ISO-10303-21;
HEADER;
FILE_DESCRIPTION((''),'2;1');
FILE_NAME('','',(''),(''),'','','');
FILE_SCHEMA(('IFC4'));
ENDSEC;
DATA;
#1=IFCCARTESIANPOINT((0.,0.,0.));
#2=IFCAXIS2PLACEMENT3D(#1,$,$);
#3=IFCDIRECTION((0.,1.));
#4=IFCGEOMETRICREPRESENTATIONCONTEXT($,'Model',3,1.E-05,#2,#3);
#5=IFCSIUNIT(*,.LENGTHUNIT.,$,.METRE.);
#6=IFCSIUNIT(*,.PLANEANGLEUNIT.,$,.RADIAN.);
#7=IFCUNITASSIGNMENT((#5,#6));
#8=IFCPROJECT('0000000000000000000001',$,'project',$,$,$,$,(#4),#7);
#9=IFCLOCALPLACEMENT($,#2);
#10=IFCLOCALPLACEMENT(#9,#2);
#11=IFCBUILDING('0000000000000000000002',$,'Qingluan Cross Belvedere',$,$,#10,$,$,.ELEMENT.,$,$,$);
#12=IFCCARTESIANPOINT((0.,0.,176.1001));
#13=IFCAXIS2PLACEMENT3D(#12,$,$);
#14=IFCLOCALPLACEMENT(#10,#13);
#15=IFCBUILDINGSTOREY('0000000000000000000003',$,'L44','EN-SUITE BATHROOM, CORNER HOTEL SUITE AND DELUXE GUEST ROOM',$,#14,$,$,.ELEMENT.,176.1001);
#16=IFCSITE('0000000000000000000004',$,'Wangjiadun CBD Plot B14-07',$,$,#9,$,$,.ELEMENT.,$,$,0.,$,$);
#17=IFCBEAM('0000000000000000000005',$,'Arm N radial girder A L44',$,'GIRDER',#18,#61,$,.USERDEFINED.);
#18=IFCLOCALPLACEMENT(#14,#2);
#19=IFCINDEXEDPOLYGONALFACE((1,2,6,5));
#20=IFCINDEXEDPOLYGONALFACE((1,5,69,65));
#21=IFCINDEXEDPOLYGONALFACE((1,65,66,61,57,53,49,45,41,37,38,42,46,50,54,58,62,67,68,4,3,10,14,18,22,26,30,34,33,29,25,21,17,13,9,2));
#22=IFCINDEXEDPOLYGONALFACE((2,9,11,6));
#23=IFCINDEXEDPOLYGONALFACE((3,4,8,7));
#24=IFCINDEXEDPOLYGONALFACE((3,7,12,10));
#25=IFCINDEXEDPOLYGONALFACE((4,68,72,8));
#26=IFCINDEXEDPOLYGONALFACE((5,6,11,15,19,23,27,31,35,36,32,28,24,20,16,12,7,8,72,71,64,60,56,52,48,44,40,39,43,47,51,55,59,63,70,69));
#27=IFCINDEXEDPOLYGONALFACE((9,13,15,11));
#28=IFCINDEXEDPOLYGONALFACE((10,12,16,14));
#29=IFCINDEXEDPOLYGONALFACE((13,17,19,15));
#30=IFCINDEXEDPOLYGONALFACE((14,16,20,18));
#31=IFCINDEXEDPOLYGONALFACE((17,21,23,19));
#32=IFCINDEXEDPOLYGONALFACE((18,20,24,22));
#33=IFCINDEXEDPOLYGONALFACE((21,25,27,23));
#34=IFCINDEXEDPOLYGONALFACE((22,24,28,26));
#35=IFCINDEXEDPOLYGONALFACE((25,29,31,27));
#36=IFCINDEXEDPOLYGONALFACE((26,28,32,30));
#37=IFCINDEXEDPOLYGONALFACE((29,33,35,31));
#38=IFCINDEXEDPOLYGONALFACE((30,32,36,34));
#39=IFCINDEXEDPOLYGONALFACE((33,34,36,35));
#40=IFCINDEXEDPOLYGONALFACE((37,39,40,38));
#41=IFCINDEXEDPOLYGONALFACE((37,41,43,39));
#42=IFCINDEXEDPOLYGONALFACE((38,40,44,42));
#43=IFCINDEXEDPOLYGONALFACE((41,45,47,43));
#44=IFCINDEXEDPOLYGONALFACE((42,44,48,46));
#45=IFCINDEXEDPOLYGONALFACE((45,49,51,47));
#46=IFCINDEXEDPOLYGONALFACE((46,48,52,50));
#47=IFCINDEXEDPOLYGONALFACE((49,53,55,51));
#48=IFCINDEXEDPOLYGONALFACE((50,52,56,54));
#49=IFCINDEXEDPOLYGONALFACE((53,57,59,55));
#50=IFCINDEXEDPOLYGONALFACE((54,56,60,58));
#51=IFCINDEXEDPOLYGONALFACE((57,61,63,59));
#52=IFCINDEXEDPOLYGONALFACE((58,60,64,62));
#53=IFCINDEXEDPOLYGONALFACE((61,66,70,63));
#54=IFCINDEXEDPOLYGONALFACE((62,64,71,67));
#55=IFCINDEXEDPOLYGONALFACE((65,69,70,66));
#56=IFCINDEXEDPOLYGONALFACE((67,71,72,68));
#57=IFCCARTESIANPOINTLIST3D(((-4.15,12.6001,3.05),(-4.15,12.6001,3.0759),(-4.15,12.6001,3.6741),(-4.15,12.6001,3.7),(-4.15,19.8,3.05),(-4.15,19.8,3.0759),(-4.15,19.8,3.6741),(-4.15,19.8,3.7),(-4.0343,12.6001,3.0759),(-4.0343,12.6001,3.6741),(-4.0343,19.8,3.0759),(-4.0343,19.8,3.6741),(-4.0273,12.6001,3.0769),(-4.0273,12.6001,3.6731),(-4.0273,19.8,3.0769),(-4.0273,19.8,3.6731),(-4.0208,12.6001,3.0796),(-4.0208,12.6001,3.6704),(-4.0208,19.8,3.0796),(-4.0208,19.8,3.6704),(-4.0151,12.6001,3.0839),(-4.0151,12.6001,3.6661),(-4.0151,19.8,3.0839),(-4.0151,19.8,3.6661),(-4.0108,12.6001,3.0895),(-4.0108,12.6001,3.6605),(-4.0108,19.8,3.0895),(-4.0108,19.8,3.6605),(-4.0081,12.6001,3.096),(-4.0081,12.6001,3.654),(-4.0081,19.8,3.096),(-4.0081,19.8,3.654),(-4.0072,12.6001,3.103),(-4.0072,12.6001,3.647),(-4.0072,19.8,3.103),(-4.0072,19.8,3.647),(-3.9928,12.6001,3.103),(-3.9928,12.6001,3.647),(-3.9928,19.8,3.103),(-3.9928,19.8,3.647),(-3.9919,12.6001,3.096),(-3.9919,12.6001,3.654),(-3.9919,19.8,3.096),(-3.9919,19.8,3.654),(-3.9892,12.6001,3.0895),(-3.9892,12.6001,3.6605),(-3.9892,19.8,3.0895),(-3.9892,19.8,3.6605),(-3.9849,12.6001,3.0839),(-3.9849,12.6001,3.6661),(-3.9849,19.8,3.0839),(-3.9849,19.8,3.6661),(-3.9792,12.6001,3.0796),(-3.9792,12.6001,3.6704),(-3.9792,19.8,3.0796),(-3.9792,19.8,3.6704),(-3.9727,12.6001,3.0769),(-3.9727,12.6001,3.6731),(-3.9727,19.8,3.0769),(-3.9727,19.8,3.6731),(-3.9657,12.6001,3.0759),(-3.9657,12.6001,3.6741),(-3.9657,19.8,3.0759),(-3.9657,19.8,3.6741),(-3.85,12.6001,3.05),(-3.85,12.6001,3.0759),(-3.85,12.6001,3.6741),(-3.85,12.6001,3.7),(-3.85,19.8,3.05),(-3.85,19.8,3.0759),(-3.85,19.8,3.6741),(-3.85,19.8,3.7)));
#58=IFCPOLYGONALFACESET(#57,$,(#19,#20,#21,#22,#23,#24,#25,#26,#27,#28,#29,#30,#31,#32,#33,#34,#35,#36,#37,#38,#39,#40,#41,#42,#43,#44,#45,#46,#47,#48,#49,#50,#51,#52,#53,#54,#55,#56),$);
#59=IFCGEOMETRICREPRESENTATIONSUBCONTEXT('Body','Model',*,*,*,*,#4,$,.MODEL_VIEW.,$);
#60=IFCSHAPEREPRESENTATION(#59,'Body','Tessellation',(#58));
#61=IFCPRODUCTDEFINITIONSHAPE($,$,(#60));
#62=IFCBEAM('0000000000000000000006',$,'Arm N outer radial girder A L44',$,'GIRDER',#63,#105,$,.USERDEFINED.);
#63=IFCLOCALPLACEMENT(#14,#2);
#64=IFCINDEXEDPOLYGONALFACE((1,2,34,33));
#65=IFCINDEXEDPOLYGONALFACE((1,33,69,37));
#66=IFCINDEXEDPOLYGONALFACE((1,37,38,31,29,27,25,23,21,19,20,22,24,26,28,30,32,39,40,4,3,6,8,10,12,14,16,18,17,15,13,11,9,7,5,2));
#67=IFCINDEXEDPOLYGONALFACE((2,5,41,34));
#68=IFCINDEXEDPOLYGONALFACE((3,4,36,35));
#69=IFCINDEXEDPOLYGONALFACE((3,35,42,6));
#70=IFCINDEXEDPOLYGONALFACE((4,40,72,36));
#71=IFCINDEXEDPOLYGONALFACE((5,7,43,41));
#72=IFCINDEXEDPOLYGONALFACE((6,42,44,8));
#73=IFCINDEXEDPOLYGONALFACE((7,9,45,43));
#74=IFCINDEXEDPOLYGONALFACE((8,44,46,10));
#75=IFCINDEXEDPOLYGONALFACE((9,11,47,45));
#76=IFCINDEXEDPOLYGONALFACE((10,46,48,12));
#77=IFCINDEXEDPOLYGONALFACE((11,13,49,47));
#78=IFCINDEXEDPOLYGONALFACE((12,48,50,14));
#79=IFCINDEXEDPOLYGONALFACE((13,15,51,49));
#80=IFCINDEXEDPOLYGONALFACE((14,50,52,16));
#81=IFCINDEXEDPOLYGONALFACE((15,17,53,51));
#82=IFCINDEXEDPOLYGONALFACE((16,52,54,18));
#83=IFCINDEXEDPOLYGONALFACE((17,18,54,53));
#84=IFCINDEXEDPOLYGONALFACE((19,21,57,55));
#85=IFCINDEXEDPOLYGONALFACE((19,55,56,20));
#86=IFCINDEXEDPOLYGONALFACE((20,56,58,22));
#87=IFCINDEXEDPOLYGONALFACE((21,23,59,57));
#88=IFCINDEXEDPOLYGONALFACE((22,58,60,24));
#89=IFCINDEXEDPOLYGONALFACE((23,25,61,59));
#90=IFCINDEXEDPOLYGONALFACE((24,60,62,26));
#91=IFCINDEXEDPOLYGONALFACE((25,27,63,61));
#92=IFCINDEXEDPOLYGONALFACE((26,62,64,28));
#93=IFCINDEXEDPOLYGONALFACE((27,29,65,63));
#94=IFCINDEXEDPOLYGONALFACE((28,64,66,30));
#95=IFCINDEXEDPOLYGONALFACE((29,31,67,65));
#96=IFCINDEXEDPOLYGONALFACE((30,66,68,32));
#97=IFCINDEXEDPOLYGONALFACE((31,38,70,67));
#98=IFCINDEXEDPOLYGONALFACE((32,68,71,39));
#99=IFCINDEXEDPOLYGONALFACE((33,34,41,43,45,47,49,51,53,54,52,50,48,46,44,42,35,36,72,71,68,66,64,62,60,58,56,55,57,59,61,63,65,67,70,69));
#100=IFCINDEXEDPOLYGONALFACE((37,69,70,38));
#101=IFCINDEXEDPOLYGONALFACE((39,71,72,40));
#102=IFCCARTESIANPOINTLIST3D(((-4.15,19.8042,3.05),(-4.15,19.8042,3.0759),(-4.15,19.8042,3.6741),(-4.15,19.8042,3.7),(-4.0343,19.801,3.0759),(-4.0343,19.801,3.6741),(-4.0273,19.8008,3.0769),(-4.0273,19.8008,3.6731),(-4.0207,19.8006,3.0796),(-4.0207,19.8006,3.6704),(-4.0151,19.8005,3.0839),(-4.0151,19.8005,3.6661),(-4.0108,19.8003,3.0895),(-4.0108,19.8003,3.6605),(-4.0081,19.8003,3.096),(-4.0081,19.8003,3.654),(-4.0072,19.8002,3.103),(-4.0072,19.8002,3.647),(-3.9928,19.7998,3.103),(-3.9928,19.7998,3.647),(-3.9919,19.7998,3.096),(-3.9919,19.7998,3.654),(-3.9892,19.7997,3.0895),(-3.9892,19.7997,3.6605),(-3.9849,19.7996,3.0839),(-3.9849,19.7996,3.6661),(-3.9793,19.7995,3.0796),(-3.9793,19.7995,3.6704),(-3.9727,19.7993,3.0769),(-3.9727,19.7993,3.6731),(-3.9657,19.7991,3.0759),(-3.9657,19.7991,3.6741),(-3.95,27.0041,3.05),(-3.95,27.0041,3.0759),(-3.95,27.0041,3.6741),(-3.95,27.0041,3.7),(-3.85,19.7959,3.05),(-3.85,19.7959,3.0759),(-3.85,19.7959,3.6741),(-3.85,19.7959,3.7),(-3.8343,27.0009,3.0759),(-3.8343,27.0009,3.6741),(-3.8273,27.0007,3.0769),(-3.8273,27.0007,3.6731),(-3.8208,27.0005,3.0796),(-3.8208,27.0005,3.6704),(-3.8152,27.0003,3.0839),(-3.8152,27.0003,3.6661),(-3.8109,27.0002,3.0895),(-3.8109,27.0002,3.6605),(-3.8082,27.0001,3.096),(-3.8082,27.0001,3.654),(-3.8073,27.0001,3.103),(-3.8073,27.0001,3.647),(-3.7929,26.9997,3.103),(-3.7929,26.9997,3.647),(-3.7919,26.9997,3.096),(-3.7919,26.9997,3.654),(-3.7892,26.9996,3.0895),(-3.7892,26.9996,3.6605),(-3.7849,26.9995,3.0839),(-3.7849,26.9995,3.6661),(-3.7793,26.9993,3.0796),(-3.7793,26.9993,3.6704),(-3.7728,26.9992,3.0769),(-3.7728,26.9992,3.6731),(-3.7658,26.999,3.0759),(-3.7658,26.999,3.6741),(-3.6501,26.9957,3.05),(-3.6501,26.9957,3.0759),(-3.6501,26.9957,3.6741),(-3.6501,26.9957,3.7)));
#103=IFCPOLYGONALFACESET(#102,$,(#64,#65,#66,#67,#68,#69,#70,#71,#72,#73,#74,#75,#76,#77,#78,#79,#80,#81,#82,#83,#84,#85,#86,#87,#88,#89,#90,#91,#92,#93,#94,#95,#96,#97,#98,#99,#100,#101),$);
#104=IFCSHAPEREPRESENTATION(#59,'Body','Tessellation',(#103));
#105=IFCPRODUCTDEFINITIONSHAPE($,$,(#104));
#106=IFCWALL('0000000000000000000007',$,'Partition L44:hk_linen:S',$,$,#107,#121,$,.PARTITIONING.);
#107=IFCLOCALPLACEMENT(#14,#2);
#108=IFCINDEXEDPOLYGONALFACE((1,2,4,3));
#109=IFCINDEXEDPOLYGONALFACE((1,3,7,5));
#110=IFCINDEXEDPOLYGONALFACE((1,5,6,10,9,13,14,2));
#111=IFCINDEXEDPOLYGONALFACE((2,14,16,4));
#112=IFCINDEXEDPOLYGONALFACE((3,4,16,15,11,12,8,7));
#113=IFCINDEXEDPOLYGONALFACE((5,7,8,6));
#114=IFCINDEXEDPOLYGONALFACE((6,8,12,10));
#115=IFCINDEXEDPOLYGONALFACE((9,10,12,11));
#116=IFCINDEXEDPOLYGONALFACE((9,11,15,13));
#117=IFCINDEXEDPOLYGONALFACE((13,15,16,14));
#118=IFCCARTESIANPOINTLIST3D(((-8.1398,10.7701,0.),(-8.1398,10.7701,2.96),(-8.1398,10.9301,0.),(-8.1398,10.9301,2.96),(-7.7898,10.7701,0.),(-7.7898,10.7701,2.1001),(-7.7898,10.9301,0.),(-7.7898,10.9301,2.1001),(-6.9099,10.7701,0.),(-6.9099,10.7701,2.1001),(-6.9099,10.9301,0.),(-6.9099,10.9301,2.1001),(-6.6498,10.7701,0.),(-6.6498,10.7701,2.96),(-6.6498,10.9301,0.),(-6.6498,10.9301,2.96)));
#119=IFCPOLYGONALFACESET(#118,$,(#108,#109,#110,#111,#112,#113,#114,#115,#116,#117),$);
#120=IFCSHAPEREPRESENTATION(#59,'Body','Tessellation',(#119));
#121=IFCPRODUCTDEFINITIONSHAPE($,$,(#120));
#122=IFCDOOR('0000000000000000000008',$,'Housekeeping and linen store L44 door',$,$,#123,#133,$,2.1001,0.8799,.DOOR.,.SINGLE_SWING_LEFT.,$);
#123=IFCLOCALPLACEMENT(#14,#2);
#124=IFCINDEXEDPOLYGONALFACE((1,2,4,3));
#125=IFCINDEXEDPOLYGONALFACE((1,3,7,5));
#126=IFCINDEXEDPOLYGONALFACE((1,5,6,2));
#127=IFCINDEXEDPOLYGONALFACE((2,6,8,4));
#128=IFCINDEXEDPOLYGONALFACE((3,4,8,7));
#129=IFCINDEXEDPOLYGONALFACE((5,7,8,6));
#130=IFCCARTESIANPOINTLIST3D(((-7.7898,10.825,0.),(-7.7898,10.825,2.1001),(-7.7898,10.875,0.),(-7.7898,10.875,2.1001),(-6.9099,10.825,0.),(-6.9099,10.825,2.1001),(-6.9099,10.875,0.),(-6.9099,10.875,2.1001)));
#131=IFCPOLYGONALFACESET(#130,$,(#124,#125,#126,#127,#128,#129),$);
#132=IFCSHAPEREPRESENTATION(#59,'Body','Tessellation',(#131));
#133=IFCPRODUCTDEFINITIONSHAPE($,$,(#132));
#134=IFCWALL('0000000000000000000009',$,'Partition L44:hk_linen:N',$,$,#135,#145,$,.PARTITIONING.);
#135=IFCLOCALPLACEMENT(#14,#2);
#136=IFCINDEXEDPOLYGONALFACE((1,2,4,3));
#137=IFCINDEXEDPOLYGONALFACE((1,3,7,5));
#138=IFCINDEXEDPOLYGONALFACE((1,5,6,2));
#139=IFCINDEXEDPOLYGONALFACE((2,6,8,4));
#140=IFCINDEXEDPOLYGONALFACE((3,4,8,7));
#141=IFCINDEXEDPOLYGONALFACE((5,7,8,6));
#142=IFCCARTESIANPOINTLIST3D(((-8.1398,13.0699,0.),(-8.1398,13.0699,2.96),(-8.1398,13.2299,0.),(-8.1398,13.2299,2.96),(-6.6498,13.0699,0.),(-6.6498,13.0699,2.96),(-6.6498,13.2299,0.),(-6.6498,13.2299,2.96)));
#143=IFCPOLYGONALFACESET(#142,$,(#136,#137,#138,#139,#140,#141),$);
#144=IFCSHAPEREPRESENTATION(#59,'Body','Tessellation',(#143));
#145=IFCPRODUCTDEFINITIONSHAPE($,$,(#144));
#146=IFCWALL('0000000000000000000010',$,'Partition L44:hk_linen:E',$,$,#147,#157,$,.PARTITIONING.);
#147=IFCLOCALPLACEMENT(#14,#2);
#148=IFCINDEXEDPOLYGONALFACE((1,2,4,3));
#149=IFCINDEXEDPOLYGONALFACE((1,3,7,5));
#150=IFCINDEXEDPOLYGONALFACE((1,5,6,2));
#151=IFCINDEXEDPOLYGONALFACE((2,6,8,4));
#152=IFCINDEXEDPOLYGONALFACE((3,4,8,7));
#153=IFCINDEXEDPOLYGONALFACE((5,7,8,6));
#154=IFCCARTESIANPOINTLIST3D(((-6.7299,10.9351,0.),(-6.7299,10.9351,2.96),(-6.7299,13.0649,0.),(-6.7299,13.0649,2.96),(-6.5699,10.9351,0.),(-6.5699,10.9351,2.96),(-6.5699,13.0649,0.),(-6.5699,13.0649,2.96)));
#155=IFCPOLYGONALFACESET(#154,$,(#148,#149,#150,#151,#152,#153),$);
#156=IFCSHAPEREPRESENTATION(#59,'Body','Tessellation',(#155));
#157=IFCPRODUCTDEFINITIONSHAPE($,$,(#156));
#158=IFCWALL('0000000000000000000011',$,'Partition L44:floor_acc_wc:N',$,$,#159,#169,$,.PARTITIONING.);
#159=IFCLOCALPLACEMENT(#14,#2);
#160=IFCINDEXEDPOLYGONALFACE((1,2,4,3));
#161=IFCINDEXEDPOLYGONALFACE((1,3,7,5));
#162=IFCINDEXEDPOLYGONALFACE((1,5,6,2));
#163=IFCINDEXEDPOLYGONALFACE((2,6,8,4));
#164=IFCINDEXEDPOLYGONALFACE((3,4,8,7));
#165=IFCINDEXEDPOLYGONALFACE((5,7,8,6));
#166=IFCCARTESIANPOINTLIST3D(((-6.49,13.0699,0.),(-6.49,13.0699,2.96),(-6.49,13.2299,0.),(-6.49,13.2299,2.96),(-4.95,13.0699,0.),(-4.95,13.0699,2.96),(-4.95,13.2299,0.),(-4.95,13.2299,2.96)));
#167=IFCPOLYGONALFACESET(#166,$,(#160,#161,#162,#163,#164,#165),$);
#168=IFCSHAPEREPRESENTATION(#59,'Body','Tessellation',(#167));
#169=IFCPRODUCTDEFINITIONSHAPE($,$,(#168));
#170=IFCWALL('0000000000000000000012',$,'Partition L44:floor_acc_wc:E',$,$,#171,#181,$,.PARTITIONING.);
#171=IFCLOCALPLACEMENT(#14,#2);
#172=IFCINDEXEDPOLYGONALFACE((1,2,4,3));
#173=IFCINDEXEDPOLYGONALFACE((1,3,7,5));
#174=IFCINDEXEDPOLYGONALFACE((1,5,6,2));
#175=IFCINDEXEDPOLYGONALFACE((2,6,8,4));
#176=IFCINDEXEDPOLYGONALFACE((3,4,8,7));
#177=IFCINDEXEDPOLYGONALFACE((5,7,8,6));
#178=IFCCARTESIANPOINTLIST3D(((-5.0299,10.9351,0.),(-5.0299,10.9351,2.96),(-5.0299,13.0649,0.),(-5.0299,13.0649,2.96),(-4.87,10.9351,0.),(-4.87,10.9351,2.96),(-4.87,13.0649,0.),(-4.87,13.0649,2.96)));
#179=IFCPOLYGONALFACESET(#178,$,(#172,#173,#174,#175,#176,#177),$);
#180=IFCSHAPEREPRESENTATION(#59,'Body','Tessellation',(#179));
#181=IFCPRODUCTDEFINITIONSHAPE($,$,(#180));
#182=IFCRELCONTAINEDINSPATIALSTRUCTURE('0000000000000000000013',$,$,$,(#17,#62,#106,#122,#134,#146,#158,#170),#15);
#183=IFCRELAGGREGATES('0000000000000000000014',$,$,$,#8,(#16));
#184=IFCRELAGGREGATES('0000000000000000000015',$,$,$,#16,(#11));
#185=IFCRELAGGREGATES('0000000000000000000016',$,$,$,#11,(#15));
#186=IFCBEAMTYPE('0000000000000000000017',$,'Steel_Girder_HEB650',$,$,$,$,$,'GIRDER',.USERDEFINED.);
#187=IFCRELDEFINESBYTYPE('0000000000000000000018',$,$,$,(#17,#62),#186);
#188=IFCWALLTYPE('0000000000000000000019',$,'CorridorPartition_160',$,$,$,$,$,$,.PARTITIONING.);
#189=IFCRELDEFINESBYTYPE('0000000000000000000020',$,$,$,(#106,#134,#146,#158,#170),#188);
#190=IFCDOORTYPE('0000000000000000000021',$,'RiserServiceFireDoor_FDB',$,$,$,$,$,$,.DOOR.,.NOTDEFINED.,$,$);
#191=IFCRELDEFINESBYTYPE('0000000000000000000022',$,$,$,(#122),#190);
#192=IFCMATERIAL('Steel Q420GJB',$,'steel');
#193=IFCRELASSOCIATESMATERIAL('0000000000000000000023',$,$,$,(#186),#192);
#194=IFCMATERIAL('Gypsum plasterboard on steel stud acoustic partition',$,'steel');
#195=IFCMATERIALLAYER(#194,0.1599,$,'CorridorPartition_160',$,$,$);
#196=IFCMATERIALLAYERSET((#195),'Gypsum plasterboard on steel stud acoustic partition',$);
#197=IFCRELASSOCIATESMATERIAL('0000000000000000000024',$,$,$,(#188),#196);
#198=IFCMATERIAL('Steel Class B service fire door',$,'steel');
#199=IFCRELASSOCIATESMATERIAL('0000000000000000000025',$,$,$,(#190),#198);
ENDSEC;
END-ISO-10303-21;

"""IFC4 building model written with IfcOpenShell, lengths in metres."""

from ifc_helpers import new_model, si_unit, direction, frame, frame_2d, origin, origin_2d, place, context, subcontext, project, spatial, rectangle, i_section, extrude, material, layer, layer_set, material_profile, profile_set, type_object, element, fill, save


model = new_model("IFC4")

# Units and contexts
model_context = context("Model", 3, precision=1e-05, world=origin(), true_north=direction((0.0, 1.0)))
body_context = subcontext(model_context, "Body", "Model", "MODEL_VIEW")
ifc_project = project(units=[si_unit("LENGTHUNIT", "METRE"), si_unit("PLANEANGLEUNIT", "RADIAN")], contexts=[model_context])

# Site, building, storey
site_placement = place(None, origin())
site = spatial("IfcSite", under=ifc_project, at=site_placement, Name="Wangjiadun CBD Plot B14-07", CompositionType="ELEMENT", RefElevation=0.0)
building_placement = place(site_placement, origin())
building = spatial("IfcBuilding", under=site, at=building_placement, Name="Qingluan Cross Belvedere", CompositionType="ELEMENT")
storey_placement = place(building_placement, frame((0.0, 0.0, 176.1001)))
storey = spatial("IfcBuildingStorey", under=building, at=storey_placement, Name="L44", Description="EN-SUITE BATHROOM, CORNER HOTEL SUITE AND DELUXE GUEST ROOM", CompositionType="ELEMENT", Elevation=176.1001)

# Beams
ifc_material_1 = material(Name="Steel Q420GJB", Category="steel")
ifc_material_profile_1 = material_profile(ifc_material_1, i_section(OverallWidth=0.3, OverallDepth=0.6499, WebThickness=0.0144, FlangeThickness=0.0259, FilletRadius=0.0271, at=origin_2d()), Name="HEB650")
ifc_profile_set_1 = profile_set([ifc_material_profile_1], Name="Steel Q420GJB")
beam_type_1 = type_object("IfcBeamType", Name="Steel_Girder_HEB650", ElementType="GIRDER", PredefinedType="USERDEFINED", material=ifc_profile_set_1)
beam_1_placement = place(storey_placement, frame((-4.0, 12.6001, 3.375), z_axis=(0.0, 1.0, 0.0), x_axis=(-1.0, 0.0, 0.0)))
element("IfcBeam", 1, at=beam_1_placement, inside=storey, type_object=beam_type_1, Name="Arm N radial girder A L44", ObjectType="GIRDER", PredefinedType="USERDEFINED", context=body_context, shape_type="SweptSolid", body=[
    extrude(i_section(OverallWidth=0.3, OverallDepth=0.6499, WebThickness=0.0144, FlangeThickness=0.0259, FilletRadius=0.0271, at=origin_2d()), origin(), (0.0, 0.0, 1.0), 7.2),
])
beam_2_placement = place(storey_placement, frame((-4.0, 19.8, 3.375), z_axis=(0.02776, 0.999615, 0.0), x_axis=(-0.999615, 0.02776, 0.0)))
element("IfcBeam", 2, at=beam_2_placement, inside=storey, type_object=beam_type_1, Name="Arm N outer radial girder A L44", ObjectType="GIRDER", PredefinedType="USERDEFINED", context=body_context, shape_type="SweptSolid", body=[
    extrude(i_section(OverallWidth=0.3, OverallDepth=0.6499, WebThickness=0.0144, FlangeThickness=0.0259, FilletRadius=0.0271, at=origin_2d()), origin(), (0.0, 0.0, 1.0), 7.2026),
])

# Wall, opening, door
ifc_material_2 = material(Name="Gypsum plasterboard on steel stud acoustic partition", Category="steel")
ifc_layer_1 = layer(ifc_material_2, 0.1599, Name="CorridorPartition_160")
ifc_layer_set_1 = layer_set([ifc_layer_1], Name="Gypsum plasterboard on steel stud acoustic partition")
wall_type_1 = type_object("IfcWallType", Name="CorridorPartition_160", PredefinedType="PARTITIONING", material=ifc_layer_set_1)
wall_1_placement = place(storey_placement, frame((-8.1399, 10.8501, 0.0), z_axis=(0.0, 0.0, 1.0), x_axis=(1.0, 0.0, 0.0)))
wall_1 = element("IfcWall", 3, at=wall_1_placement, inside=storey, type_object=wall_type_1, Name="Partition L44:hk_linen:S", PredefinedType="PARTITIONING", context=body_context, shape_type="SweptSolid", body=[
    extrude(rectangle(XDim=1.49, YDim=0.1599, at=frame_2d((0.7451, 0.0))), origin(), (0.0, 0.0, 1.0), 2.96),
])
opening_1_placement = place(wall_1_placement, frame((0.3501, 0.0, 0.0)))
opening_1 = element("IfcOpeningElement", 4, at=opening_1_placement, cuts=wall_1, PredefinedType="OPENING", context=body_context, shape_type="SweptSolid", body=[
    extrude(rectangle(XDim=0.8799, YDim=2.1001, at=frame_2d((0.4399, 1.05))), frame((0.0, 0.0898, 0.0), z_axis=(0.0, -1.0, 0.0), x_axis=(1.0, 0.0, 0.0)), (0.0, 0.0, 1.0), 0.1799),
])
ifc_material_3 = material(Name="Steel Class B service fire door", Category="steel")
door_type_1 = type_object("IfcDoorType", Name="RiserServiceFireDoor_FDB", OperationType="NOTDEFINED", PredefinedType="DOOR", material=ifc_material_3)
door_1_placement = place(opening_1_placement, origin())
door_1 = element("IfcDoor", 5, at=door_1_placement, inside=storey, type_object=door_type_1, Name="Housekeeping and linen store L44 door", OperationType="SINGLE_SWING_LEFT", OverallHeight=2.1001, OverallWidth=0.8799, PredefinedType="DOOR", context=body_context, shape_type="SweptSolid", body=[
    extrude(rectangle(XDim=0.8799, YDim=2.1001, at=frame_2d((0.4399, 1.05))), frame((0.0, 0.0249, 0.0), z_axis=(0.0, -1.0, 0.0), x_axis=(1.0, 0.0, 0.0)), (0.0, 0.0, 1.0), 0.05),
])
fill(opening_1, door_1)

# Walls
wall_2_placement = place(storey_placement, frame((-8.1399, 13.1499, 0.0), z_axis=(0.0, 0.0, 1.0), x_axis=(1.0, 0.0, 0.0)))
element("IfcWall", 6, at=wall_2_placement, inside=storey, type_object=wall_type_1, Name="Partition L44:hk_linen:N", PredefinedType="PARTITIONING", context=body_context, shape_type="SweptSolid", body=[
    extrude(rectangle(XDim=1.49, YDim=0.1599, at=frame_2d((0.7451, 0.0))), origin(), (0.0, 0.0, 1.0), 2.96),
])
wall_3_placement = place(storey_placement, frame((-6.6499, 10.9351, 0.0), z_axis=(0.0, 0.0, 1.0), x_axis=(0.0, 1.0, 0.0)))
element("IfcWall", 7, at=wall_3_placement, inside=storey, type_object=wall_type_1, Name="Partition L44:hk_linen:E", PredefinedType="PARTITIONING", context=body_context, shape_type="SweptSolid", body=[
    extrude(rectangle(XDim=2.1299, YDim=0.1599, at=frame_2d((1.0649, 0.0))), origin(), (0.0, 0.0, 1.0), 2.96),
])

# Walls
wall_4_placement = place(storey_placement, frame((-6.49, 13.1499, 0.0), z_axis=(0.0, 0.0, 1.0), x_axis=(1.0, 0.0, 0.0)))
element("IfcWall", 8, at=wall_4_placement, inside=storey, type_object=wall_type_1, Name="Partition L44:floor_acc_wc:N", PredefinedType="PARTITIONING", context=body_context, shape_type="SweptSolid", body=[
    extrude(rectangle(XDim=1.54, YDim=0.1599, at=frame_2d((0.77, 0.0))), origin(), (0.0, 0.0, 1.0), 2.96),
])
wall_5_placement = place(storey_placement, frame((-4.95, 10.9351, 0.0), z_axis=(0.0, 0.0, 1.0), x_axis=(0.0, 1.0, 0.0)))
element("IfcWall", 9, at=wall_5_placement, inside=storey, type_object=wall_type_1, Name="Partition L44:floor_acc_wc:E", PredefinedType="PARTITIONING", context=body_context, shape_type="SweptSolid", body=[
    extrude(rectangle(XDim=2.1299, YDim=0.1599, at=frame_2d((1.0649, 0.0))), origin(), (0.0, 0.0, 1.0), 2.96),
])

save(model, "model.ifc")
